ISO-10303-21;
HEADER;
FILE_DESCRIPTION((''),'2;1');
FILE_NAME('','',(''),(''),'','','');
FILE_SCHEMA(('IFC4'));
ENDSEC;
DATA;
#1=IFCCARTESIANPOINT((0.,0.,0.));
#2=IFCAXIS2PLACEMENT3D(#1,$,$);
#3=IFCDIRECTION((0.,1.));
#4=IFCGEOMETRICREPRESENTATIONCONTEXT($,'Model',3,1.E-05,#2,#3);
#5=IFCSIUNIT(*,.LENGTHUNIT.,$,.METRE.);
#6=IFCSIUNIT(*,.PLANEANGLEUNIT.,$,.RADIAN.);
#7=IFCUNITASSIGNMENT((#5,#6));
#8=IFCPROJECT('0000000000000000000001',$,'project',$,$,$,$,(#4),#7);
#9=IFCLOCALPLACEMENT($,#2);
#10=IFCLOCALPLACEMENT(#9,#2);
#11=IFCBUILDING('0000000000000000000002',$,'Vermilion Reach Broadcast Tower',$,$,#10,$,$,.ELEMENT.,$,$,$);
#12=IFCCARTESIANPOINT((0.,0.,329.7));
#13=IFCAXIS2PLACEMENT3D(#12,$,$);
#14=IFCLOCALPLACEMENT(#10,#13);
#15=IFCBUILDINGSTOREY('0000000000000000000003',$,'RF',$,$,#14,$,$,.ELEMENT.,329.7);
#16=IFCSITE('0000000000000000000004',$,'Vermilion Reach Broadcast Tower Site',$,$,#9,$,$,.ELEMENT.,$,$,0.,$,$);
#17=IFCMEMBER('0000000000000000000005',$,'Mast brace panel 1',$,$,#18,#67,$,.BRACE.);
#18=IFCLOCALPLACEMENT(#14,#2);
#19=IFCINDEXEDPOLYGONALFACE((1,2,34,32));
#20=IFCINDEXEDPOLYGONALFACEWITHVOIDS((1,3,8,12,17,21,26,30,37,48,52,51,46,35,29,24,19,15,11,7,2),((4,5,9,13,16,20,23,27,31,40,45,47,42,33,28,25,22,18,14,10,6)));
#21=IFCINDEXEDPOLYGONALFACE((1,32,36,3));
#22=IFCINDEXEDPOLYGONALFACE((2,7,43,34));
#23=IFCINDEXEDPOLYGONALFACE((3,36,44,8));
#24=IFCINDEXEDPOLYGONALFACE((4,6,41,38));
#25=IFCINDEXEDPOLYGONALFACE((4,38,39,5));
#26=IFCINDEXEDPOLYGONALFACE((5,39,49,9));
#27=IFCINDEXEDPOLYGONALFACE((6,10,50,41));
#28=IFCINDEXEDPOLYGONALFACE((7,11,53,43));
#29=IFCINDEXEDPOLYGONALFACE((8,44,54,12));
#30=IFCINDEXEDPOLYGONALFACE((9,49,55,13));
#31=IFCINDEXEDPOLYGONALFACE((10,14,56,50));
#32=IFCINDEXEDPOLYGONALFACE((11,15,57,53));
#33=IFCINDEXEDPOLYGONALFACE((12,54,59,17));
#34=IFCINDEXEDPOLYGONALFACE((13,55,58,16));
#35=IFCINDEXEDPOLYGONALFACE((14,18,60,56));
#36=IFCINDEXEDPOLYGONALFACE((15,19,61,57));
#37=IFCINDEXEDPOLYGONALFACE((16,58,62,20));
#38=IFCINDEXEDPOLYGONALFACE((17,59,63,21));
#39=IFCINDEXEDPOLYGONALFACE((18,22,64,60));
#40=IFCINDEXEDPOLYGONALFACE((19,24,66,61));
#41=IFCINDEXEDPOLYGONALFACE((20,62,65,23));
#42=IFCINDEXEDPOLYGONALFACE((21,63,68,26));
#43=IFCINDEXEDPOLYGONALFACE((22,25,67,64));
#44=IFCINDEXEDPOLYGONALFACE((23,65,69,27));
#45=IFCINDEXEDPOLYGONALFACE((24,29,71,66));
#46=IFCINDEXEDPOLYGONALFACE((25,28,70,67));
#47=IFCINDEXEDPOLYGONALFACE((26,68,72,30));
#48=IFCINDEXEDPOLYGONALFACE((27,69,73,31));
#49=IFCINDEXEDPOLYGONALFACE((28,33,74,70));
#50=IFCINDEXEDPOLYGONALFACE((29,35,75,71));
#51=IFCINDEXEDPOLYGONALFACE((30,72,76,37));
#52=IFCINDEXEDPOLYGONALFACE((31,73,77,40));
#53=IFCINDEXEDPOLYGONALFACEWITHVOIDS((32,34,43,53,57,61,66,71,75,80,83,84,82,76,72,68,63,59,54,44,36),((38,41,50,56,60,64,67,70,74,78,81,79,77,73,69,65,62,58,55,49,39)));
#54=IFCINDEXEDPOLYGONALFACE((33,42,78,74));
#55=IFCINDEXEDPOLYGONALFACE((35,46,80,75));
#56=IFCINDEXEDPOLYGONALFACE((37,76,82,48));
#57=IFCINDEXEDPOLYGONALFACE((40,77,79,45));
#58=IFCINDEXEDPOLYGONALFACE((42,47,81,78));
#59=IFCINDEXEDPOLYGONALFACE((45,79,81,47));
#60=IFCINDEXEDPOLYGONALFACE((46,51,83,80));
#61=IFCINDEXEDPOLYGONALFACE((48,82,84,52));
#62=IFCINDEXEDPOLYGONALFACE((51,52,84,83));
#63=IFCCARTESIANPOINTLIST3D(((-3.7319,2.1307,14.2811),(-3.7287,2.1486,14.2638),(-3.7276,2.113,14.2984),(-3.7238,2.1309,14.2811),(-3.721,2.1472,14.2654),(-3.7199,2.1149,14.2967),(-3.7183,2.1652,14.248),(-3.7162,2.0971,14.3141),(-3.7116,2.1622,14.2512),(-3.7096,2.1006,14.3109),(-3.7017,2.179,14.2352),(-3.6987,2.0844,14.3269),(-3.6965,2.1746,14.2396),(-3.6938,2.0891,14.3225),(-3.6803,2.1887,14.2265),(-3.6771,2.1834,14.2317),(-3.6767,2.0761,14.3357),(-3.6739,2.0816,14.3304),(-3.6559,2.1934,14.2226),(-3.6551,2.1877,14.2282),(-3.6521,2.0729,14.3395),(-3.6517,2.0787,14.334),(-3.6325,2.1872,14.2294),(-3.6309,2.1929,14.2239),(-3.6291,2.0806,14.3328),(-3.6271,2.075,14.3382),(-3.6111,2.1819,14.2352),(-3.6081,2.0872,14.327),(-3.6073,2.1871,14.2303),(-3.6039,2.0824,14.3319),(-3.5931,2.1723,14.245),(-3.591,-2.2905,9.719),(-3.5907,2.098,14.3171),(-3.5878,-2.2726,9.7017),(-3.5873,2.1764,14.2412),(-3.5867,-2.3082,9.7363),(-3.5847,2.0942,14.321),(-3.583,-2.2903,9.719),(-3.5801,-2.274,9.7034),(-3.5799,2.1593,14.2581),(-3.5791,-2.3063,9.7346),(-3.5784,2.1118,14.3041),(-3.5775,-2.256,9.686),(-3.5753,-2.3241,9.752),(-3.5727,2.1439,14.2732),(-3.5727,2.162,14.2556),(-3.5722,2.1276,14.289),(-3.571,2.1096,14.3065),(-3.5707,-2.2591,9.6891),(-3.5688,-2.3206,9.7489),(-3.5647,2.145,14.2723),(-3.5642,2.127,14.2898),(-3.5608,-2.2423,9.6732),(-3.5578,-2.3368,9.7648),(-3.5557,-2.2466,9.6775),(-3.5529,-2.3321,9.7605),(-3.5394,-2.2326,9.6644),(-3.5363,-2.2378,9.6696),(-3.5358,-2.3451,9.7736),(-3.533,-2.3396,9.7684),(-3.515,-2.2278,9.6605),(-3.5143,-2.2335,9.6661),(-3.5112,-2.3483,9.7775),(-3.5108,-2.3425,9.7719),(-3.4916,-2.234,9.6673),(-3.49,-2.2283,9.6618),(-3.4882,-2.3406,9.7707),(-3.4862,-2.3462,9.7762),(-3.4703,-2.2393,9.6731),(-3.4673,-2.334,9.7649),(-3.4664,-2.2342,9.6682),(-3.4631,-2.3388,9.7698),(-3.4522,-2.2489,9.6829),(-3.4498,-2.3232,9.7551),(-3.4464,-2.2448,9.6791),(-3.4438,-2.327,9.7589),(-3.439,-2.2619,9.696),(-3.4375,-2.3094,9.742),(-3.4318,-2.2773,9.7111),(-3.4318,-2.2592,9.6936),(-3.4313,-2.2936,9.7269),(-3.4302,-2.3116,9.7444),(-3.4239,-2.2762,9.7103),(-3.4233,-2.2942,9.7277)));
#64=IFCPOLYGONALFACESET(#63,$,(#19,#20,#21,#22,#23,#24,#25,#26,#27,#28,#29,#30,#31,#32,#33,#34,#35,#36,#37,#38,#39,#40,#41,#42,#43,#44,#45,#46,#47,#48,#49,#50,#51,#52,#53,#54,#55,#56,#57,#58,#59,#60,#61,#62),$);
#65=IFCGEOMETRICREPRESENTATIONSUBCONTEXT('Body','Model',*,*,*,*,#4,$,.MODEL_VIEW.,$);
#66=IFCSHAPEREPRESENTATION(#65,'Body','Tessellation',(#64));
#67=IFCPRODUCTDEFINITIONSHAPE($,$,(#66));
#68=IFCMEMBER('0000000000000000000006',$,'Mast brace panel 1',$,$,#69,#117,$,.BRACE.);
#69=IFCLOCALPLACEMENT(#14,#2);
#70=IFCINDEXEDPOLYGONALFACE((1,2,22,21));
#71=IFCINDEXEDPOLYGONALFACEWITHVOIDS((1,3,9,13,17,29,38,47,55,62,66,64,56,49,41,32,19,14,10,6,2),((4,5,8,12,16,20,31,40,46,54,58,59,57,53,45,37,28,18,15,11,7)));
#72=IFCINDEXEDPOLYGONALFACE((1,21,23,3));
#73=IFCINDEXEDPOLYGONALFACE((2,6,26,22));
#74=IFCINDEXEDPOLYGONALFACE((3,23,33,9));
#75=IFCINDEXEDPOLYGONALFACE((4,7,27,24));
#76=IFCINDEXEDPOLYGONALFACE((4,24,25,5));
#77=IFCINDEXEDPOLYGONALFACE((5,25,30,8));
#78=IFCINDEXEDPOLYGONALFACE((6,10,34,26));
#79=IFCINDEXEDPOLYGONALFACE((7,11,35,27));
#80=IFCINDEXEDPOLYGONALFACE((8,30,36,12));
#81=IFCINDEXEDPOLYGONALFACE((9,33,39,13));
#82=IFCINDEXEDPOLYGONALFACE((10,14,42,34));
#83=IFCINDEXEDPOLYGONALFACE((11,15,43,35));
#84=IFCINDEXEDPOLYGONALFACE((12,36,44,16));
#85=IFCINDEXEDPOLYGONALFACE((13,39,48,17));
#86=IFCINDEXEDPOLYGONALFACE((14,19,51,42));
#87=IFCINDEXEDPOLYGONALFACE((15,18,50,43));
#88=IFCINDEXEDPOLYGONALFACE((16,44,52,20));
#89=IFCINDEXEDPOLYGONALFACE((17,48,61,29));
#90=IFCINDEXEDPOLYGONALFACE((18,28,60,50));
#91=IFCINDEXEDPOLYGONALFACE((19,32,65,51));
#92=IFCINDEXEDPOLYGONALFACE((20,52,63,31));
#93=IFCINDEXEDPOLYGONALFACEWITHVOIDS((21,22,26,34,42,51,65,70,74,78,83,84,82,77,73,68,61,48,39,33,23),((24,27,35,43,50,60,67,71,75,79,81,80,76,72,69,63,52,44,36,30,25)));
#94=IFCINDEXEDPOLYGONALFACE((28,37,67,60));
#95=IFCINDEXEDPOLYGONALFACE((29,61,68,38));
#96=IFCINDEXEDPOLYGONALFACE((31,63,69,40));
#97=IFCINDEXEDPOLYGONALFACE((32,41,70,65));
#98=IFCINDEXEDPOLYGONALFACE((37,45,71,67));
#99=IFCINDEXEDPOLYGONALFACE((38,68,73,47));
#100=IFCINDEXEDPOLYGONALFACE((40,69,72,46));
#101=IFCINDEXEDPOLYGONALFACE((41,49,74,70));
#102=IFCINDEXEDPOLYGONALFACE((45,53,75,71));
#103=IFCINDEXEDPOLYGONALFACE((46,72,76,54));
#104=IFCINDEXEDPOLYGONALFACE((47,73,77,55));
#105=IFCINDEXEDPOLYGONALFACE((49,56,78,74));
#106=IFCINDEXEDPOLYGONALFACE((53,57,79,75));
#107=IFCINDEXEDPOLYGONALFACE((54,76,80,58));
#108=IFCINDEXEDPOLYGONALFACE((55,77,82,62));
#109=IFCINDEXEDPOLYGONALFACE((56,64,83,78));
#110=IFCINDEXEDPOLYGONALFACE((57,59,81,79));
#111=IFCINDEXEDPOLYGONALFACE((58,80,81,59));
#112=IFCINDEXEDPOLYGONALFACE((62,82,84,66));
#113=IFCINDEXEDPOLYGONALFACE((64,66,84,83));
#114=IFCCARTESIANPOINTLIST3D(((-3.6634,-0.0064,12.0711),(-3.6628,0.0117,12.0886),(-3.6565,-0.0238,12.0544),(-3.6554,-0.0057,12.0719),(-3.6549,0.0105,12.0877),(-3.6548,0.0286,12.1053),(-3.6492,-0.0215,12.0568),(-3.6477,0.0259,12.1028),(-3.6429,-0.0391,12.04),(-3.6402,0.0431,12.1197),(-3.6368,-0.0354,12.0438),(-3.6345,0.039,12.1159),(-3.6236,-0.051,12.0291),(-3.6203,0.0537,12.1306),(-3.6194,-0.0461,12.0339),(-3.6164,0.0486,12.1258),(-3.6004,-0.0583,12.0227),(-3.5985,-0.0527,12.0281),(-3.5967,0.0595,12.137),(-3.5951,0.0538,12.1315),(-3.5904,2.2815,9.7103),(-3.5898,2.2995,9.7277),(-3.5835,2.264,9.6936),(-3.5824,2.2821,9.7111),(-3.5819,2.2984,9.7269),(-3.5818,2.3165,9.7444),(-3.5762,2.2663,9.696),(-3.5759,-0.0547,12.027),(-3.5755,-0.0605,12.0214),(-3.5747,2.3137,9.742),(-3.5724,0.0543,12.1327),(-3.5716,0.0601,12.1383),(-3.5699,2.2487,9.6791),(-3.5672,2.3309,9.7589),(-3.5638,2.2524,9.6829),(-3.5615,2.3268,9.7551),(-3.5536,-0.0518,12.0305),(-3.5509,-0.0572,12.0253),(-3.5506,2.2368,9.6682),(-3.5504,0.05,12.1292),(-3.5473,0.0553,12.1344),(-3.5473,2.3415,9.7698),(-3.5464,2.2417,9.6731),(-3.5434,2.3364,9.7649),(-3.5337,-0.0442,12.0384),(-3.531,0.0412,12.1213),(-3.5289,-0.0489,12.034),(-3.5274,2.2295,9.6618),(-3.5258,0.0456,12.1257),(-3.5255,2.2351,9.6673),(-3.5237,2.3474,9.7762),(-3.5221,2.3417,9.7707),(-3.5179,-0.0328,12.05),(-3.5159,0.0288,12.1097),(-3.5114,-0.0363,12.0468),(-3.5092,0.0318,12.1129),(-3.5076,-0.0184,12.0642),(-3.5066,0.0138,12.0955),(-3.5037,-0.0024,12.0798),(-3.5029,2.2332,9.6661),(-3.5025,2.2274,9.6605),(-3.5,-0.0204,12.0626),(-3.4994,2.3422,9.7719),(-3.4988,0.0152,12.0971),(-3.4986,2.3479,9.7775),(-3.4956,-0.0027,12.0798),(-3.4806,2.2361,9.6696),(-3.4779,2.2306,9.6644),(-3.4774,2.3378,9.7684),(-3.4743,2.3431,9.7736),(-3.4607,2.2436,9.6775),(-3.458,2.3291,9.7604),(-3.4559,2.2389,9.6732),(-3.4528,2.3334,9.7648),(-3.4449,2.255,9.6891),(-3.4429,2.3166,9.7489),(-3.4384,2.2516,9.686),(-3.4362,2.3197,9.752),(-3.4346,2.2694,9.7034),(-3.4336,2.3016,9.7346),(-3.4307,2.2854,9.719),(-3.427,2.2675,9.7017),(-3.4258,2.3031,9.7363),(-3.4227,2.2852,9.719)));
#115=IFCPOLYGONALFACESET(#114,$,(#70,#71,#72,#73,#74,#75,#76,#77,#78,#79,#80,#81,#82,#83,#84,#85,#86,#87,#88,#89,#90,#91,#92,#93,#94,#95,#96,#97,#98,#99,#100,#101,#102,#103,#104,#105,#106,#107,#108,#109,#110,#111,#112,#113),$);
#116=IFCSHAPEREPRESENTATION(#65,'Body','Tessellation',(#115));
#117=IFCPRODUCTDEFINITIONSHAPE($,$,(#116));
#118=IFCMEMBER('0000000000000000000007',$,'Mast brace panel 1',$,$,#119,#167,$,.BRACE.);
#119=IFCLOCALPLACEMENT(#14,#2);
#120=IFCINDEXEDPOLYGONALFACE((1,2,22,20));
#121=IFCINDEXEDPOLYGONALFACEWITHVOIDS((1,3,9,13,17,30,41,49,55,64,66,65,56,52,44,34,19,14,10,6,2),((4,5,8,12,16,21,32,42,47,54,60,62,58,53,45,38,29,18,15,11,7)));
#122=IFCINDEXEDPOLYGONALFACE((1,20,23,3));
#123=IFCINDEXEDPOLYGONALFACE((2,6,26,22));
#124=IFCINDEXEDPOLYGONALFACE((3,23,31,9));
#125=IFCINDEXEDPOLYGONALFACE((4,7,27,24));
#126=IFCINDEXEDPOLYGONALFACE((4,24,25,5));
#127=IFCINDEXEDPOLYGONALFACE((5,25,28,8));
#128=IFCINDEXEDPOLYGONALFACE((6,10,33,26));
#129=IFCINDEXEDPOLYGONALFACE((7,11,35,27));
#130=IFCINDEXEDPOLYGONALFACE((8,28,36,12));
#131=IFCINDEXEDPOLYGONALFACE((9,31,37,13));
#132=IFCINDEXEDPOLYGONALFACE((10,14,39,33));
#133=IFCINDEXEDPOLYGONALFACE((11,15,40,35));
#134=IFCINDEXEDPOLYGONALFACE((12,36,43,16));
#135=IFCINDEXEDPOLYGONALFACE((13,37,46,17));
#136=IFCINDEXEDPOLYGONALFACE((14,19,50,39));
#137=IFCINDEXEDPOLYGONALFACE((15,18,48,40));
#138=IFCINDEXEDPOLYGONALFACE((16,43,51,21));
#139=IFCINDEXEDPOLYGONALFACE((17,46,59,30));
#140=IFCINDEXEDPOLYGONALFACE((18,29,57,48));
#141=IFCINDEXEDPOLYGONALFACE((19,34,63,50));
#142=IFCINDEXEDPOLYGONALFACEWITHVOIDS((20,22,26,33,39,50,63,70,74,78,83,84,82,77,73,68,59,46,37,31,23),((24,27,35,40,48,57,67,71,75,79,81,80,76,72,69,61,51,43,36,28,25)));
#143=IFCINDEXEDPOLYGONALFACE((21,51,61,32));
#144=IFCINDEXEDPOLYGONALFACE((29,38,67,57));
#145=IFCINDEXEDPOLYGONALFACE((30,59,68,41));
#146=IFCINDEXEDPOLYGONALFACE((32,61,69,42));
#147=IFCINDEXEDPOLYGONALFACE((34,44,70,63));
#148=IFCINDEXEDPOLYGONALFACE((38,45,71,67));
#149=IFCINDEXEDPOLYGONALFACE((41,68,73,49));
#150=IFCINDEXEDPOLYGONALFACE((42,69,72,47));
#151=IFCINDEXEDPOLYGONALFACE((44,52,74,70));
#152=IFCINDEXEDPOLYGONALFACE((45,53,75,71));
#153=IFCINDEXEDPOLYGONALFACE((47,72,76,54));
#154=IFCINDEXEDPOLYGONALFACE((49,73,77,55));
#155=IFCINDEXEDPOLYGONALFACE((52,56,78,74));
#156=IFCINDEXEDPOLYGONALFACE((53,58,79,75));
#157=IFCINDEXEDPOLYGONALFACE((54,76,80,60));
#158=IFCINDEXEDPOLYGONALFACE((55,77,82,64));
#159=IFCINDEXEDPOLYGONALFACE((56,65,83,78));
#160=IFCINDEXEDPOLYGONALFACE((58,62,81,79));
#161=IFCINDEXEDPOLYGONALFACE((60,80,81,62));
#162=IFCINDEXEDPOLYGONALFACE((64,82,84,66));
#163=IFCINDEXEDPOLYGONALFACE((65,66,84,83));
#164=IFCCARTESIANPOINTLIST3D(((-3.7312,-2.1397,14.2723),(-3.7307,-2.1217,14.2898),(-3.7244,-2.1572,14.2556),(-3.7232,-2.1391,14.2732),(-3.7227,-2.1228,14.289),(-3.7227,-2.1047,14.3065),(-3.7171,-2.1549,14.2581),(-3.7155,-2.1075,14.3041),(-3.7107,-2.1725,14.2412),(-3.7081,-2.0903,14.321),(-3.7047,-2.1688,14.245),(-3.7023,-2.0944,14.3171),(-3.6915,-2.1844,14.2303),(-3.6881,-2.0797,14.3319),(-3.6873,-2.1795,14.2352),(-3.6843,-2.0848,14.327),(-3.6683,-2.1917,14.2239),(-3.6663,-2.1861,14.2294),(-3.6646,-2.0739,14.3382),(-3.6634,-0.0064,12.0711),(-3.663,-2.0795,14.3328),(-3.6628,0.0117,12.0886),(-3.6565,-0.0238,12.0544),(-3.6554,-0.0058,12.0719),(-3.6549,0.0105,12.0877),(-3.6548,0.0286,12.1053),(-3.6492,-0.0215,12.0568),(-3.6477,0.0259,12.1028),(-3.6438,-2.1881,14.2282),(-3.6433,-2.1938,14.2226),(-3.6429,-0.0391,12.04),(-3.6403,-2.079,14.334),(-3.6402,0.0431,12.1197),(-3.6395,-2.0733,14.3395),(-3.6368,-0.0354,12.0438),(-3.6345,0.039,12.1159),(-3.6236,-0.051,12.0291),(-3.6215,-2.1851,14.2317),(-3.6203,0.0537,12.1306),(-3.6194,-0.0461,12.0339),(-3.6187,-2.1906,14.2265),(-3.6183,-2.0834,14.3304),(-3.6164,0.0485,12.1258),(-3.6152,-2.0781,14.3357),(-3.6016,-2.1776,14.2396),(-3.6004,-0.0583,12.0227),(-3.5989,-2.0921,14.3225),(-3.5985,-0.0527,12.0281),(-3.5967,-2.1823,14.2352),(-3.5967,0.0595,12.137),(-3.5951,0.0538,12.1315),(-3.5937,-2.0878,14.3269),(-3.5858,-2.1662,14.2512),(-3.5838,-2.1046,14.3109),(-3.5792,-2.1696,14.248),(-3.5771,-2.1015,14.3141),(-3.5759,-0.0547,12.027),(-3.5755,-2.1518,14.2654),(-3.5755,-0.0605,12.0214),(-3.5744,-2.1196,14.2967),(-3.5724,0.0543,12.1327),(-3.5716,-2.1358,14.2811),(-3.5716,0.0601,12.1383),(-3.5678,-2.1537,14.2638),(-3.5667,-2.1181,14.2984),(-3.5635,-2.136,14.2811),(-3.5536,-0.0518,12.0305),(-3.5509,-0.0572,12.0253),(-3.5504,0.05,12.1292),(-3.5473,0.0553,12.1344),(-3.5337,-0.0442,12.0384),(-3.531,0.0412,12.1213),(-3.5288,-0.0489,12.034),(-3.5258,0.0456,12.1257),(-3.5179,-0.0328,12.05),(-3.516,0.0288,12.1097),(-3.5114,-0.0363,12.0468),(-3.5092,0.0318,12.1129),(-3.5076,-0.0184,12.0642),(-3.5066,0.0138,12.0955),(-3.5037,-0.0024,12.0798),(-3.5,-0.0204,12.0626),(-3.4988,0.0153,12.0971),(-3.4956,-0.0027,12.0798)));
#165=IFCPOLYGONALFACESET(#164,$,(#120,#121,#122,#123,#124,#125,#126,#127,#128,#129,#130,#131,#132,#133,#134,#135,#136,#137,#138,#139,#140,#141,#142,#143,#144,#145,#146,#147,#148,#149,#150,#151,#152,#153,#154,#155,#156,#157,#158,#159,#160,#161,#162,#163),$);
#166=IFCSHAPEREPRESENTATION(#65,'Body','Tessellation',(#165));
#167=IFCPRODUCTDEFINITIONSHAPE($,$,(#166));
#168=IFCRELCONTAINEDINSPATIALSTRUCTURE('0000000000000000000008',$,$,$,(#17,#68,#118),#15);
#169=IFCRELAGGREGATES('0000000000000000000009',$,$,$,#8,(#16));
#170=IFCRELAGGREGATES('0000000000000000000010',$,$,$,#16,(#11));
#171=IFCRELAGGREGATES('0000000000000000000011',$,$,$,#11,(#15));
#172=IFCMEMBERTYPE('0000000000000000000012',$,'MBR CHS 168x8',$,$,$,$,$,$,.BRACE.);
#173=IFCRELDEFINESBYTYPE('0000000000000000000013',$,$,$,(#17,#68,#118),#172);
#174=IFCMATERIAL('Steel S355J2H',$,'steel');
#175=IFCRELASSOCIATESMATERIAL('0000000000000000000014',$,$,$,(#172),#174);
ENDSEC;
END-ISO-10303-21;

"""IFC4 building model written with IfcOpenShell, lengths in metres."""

from ifc_helpers import new_model, si_unit, direction, frame, origin, origin_2d, place, context, subcontext, project, spatial, hollow_circle, extrude, material, material_profile, profile_set, type_object, element, save


model = new_model("IFC4")

# Units and contexts
model_context = context("Model", 3, precision=1e-05, world=origin(), true_north=direction((0.0, 1.0)))
body_context = subcontext(model_context, "Body", "Model", "MODEL_VIEW")
ifc_project = project(units=[si_unit("LENGTHUNIT", "METRE"), si_unit("PLANEANGLEUNIT", "RADIAN")], contexts=[model_context])

# Site, building, storey
site_placement = place(None, origin())
site = spatial("IfcSite", under=ifc_project, at=site_placement, Name="Vermilion Reach Broadcast Tower Site", CompositionType="ELEMENT", RefElevation=0.0)
building_placement = place(site_placement, origin())
building = spatial("IfcBuilding", under=site, at=building_placement, Name="Vermilion Reach Broadcast Tower", CompositionType="ELEMENT")
storey_placement = place(building_placement, frame((0.0, 0.0, 329.7)))
storey = spatial("IfcBuildingStorey", under=building, at=storey_placement, Name="RF", CompositionType="ELEMENT", Elevation=329.7)

# Members
ifc_material_1 = material(Name="Steel S355J2H", Category="steel")
ifc_material_profile_1 = material_profile(ifc_material_1, hollow_circle(Radius=0.0842, WallThickness=0.0081, at=origin_2d()), Name="S355J2H CHS 168x8")
ifc_profile_set_1 = profile_set([ifc_material_profile_1], Name="Steel S355J2H")
member_type_1 = type_object("IfcMemberType", Name="MBR CHS 168x8", PredefinedType="BRACE", material=ifc_profile_set_1)
member_1_placement = place(storey_placement, frame((-3.5068, -2.2878, 9.719), z_axis=(-0.022169, 0.695762, 0.71793), x_axis=(-0.999493, -0.031846, 0.0)))
element("IfcMember", 1, at=member_1_placement, inside=storey, type_object=member_type_1, Name="Mast brace panel 1", PredefinedType="BRACE", context=body_context, shape_type="SweptSolid", body=[
    extrude(hollow_circle(Radius=0.0842, WallThickness=0.0081, at=origin_2d()), origin(), (0.0, 0.0, 1.0), 6.3545),
])
member_2_placement = place(storey_placement, frame((-3.5068, 2.2878, 9.719), z_axis=(-0.022199, -0.695746, 0.717945), x_axis=(0.999491, -0.031891, 0.0)))
element("IfcMember", 2, at=member_2_placement, inside=storey, type_object=member_type_1, Name="Mast brace panel 1", PredefinedType="BRACE", context=body_context, shape_type="SweptSolid", body=[
    extrude(hollow_circle(Radius=0.0842, WallThickness=0.0081, at=origin_2d()), origin(), (0.0, 0.0, 1.0), 3.2883),
])
member_3_placement = place(storey_placement, frame((-3.5798, 0.0, 12.0798), z_axis=(-0.022136, -0.695779, 0.717915), x_axis=(0.999494, -0.031799, 0.0)))
element("IfcMember", 3, at=member_3_placement, inside=storey, type_object=member_type_1, Name="Mast brace panel 1", PredefinedType="BRACE", context=body_context, shape_type="SweptSolid", body=[
    extrude(hollow_circle(Radius=0.0842, WallThickness=0.0081, at=origin_2d()), origin(), (0.0, 0.0, 1.0), 3.0662),
])

save(model, "model.ifc")
